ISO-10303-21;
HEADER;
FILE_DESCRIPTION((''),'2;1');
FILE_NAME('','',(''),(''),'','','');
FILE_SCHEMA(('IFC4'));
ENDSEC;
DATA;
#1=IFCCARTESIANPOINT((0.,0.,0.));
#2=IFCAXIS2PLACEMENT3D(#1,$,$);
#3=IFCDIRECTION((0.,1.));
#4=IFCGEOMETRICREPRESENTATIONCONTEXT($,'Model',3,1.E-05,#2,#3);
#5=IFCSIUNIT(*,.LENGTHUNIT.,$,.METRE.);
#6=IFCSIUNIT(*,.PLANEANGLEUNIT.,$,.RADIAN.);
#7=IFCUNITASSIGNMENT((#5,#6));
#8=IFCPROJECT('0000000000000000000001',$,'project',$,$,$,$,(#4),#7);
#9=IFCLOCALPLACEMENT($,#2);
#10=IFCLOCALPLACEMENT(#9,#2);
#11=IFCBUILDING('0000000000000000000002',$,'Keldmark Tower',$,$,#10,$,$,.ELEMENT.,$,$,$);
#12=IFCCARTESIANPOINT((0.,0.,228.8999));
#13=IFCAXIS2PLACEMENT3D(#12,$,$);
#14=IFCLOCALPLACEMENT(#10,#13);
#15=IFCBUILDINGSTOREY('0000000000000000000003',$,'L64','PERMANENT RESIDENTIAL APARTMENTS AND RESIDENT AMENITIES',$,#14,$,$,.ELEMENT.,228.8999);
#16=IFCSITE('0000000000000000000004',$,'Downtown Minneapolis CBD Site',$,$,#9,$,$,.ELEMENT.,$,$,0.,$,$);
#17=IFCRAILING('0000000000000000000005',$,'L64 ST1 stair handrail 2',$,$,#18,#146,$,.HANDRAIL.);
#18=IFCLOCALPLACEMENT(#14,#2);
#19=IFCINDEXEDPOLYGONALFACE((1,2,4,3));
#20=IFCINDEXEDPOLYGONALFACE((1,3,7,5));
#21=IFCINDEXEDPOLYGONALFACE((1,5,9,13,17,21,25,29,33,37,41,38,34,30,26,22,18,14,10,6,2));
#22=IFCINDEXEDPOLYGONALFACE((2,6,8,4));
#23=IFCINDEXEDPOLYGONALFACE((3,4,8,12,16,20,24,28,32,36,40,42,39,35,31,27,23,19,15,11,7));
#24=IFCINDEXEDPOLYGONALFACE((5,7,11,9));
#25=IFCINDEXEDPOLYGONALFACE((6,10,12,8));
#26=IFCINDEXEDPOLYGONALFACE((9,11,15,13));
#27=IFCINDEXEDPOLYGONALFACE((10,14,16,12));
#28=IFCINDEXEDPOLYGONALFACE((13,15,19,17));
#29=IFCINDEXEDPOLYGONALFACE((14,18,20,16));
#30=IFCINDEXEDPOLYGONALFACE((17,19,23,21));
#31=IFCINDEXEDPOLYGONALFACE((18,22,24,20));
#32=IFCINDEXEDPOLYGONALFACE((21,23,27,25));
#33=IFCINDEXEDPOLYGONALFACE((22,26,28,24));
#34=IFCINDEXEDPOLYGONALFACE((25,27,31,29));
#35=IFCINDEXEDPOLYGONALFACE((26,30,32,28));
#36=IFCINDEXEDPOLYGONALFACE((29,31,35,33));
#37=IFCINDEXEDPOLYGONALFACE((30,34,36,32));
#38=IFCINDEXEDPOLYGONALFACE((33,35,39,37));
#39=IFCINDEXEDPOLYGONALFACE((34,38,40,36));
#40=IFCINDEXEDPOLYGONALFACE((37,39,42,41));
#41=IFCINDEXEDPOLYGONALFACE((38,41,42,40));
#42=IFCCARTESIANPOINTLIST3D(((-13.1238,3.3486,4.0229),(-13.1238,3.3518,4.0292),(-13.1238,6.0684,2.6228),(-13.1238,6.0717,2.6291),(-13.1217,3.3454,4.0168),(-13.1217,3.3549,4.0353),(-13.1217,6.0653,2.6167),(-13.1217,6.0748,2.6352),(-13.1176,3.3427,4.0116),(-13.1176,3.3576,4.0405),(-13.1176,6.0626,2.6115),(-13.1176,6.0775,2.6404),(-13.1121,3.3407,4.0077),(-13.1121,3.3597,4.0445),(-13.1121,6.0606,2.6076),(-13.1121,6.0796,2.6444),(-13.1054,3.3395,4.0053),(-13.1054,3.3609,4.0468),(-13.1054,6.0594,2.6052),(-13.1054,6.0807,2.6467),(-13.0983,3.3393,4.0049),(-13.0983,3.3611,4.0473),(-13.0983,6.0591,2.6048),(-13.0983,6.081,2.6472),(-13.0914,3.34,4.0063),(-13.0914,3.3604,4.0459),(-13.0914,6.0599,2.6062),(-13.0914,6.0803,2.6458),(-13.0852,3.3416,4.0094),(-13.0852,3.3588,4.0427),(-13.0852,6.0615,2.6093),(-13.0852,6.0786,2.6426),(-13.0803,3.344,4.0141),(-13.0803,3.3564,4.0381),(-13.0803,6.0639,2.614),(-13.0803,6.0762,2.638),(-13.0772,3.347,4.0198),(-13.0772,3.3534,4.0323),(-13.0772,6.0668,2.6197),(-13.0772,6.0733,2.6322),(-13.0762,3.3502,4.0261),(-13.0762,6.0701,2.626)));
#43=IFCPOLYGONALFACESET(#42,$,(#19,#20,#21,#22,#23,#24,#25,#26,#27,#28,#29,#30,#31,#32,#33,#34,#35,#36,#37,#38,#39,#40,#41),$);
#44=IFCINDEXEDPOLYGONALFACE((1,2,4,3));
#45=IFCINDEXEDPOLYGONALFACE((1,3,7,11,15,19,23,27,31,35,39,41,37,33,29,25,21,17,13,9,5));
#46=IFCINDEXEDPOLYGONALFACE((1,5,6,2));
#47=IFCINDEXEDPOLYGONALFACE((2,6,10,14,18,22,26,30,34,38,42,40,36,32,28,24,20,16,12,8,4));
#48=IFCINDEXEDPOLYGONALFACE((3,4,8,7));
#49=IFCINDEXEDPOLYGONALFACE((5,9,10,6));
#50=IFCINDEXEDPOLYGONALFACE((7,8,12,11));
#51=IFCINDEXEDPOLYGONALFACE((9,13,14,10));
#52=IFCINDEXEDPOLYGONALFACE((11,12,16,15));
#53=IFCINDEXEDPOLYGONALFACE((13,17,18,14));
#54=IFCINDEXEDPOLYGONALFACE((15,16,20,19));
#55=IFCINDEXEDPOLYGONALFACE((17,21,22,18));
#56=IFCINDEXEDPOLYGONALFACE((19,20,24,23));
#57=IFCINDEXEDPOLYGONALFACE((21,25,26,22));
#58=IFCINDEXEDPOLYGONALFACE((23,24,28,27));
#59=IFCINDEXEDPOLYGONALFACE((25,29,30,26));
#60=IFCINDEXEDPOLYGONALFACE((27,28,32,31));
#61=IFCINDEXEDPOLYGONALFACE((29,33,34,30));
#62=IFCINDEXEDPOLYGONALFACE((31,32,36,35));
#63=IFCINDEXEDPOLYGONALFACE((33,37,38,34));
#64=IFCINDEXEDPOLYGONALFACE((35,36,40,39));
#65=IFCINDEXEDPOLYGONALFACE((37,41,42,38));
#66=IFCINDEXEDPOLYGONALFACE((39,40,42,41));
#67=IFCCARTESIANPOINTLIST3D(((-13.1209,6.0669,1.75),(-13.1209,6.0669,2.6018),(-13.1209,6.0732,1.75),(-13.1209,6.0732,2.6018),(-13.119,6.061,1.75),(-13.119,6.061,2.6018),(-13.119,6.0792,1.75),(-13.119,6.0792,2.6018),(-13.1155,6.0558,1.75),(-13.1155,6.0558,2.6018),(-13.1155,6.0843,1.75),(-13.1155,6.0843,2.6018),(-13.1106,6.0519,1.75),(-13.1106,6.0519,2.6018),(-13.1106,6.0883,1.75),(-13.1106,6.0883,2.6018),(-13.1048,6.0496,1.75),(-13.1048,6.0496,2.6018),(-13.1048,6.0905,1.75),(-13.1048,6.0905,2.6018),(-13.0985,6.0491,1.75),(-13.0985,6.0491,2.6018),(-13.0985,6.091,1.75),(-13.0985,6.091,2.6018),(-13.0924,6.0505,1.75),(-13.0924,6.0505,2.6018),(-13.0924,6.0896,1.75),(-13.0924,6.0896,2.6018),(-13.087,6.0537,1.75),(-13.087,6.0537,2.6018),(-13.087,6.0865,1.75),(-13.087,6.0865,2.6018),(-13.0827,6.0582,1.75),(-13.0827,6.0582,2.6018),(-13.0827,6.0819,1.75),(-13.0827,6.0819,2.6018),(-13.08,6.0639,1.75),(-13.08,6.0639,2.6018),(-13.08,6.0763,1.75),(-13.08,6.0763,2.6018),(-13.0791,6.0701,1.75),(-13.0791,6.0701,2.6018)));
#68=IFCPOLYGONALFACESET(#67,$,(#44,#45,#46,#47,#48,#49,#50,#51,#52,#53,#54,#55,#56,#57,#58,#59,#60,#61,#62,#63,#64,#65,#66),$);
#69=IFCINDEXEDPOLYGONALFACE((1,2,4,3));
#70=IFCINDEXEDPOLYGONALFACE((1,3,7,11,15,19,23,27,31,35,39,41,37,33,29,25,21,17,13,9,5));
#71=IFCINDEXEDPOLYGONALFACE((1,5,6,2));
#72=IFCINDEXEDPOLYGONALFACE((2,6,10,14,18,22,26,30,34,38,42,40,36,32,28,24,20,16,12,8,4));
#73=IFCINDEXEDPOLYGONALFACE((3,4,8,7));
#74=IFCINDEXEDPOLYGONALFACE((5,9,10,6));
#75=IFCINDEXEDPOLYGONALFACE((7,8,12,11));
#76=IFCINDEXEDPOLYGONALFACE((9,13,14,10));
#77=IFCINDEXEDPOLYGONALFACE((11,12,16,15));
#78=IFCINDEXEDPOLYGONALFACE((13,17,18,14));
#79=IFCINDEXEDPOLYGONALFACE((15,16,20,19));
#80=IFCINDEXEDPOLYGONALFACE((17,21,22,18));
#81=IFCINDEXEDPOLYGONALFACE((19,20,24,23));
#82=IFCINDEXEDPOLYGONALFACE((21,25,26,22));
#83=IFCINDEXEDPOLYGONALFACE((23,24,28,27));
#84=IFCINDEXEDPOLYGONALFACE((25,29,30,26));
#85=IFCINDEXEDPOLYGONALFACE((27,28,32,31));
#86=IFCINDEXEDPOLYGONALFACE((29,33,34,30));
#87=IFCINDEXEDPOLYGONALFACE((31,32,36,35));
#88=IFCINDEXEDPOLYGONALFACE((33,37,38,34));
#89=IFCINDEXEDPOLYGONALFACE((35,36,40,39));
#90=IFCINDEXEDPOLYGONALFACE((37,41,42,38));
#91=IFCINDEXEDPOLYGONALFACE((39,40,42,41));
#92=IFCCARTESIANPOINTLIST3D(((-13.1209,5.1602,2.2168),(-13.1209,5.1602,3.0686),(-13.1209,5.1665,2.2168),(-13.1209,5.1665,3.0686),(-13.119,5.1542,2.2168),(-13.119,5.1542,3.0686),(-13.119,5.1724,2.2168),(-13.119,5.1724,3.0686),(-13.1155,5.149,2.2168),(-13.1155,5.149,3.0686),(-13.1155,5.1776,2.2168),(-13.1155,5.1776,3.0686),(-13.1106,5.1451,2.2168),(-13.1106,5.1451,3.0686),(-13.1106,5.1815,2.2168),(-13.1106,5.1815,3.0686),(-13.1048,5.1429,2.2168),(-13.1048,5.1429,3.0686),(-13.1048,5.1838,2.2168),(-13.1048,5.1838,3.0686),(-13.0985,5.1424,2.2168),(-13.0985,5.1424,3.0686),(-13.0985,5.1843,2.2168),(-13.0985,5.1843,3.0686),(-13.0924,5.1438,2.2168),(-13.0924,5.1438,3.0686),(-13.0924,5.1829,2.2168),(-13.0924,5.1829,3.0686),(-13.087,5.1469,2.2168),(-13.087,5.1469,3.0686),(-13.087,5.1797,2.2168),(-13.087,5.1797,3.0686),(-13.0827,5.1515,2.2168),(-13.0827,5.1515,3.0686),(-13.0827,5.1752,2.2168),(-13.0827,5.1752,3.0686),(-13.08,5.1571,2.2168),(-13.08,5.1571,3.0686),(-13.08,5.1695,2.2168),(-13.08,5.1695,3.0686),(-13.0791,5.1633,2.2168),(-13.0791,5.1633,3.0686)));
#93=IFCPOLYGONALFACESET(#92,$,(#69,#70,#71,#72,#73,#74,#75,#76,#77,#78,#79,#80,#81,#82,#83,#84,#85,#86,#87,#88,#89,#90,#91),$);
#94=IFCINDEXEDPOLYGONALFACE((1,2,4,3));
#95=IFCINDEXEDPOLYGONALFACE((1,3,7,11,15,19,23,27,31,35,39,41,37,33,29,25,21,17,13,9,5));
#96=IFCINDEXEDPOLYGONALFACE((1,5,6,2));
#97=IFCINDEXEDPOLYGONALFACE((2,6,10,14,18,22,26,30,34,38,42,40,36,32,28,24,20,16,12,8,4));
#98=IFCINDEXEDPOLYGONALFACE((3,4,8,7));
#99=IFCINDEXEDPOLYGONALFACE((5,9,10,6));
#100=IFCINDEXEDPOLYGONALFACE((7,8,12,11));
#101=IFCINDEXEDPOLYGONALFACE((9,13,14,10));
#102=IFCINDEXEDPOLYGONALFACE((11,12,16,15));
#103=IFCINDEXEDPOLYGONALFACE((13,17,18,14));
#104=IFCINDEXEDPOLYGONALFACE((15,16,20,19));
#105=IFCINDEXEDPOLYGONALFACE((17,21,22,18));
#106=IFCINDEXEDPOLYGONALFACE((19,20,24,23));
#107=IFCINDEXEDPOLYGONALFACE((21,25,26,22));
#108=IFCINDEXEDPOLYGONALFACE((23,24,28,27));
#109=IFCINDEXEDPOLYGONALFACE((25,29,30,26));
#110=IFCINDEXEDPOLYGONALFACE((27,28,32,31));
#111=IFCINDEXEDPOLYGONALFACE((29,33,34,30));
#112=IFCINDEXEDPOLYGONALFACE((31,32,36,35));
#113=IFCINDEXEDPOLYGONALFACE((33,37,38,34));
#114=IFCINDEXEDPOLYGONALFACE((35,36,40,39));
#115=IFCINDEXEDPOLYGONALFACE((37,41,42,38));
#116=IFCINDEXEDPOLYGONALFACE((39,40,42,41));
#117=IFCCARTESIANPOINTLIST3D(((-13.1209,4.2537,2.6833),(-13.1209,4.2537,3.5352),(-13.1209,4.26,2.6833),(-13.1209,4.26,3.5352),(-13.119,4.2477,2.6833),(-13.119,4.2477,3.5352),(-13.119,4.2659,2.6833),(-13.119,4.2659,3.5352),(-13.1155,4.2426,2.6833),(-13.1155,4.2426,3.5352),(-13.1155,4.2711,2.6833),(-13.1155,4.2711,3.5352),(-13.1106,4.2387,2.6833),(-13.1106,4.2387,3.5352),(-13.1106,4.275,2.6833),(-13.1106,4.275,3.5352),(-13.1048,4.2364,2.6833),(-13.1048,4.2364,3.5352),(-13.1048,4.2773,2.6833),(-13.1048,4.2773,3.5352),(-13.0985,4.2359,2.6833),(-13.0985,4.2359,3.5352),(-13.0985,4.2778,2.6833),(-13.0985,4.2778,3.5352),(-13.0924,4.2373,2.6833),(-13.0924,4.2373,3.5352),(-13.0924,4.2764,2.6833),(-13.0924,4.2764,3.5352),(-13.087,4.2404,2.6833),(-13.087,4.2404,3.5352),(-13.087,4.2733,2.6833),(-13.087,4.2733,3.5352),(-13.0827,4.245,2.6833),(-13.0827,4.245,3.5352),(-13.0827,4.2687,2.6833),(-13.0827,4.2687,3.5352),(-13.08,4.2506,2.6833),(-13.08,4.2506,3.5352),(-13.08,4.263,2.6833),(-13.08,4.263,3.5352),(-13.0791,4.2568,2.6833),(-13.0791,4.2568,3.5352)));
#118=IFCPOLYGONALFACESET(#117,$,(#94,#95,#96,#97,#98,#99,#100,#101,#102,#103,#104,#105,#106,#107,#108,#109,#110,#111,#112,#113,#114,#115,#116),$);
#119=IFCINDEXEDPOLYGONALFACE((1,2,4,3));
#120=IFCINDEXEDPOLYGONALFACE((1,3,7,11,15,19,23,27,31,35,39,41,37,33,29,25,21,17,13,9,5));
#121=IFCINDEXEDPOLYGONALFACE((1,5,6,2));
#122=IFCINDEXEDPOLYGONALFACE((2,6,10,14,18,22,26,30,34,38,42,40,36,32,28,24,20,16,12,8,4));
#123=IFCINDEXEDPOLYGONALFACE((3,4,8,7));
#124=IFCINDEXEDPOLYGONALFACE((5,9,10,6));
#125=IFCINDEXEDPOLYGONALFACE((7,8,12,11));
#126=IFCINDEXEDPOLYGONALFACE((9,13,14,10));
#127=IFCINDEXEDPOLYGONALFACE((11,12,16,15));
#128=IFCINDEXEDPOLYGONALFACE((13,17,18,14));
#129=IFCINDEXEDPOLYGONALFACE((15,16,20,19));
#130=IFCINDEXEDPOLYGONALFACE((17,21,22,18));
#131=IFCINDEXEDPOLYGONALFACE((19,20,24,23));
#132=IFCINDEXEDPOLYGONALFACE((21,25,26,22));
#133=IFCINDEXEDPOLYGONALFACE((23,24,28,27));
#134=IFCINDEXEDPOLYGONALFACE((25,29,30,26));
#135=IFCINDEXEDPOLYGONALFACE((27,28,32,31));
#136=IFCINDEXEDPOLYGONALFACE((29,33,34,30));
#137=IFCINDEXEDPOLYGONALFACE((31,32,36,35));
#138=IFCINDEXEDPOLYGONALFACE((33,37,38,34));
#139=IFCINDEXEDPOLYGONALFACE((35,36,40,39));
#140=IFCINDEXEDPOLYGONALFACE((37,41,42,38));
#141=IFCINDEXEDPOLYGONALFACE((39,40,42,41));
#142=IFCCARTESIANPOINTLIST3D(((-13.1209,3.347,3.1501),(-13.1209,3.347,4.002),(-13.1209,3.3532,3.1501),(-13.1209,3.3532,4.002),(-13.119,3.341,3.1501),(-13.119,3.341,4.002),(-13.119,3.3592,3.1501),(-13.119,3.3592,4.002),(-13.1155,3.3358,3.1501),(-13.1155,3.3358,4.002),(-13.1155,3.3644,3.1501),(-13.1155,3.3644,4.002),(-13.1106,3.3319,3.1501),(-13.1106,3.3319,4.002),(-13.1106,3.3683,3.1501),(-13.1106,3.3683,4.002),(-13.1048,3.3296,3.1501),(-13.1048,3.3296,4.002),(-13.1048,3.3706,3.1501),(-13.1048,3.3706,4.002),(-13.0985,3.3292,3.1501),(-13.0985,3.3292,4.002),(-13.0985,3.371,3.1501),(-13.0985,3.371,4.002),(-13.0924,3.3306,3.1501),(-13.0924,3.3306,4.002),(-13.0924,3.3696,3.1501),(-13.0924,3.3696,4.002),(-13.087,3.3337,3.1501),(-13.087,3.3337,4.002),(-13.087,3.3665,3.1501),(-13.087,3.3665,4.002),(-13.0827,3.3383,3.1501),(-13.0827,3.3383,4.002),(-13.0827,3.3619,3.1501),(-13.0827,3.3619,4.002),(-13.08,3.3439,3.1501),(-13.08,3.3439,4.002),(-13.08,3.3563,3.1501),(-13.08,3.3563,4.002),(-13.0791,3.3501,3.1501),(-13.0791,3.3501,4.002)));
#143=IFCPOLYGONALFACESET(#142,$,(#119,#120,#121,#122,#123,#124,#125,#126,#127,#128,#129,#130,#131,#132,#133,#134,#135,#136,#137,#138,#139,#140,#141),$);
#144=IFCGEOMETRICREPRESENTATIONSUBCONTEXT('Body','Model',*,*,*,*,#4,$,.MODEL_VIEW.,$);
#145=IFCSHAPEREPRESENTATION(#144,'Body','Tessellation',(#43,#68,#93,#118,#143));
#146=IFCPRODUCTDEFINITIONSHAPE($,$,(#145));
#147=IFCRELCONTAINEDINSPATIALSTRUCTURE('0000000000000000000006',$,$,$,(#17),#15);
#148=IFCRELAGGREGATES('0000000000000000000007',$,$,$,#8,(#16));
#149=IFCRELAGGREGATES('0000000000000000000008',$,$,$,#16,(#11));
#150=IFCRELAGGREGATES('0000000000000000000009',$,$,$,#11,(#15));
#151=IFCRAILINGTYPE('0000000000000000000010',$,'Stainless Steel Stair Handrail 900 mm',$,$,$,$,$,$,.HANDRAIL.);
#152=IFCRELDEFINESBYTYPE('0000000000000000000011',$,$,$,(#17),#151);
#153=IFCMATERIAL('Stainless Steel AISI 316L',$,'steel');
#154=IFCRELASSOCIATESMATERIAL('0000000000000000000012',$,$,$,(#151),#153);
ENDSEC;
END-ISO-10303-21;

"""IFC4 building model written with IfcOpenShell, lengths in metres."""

from ifc_helpers import new_model, si_unit, direction, frame, origin, origin_2d, place, context, subcontext, project, spatial, circle, extrude, material, type_object, element, save


model = new_model("IFC4")

# Units and contexts
model_context = context("Model", 3, precision=1e-05, world=origin(), true_north=direction((0.0, 1.0)))
body_context = subcontext(model_context, "Body", "Model", "MODEL_VIEW")
ifc_project = project(units=[si_unit("LENGTHUNIT", "METRE"), si_unit("PLANEANGLEUNIT", "RADIAN")], contexts=[model_context])

# Site, building, storey
site_placement = place(None, origin())
site = spatial("IfcSite", under=ifc_project, at=site_placement, Name="Downtown Minneapolis CBD Site", CompositionType="ELEMENT", RefElevation=0.0)
building_placement = place(site_placement, origin())
building = spatial("IfcBuilding", under=site, at=building_placement, Name="Keldmark Tower", CompositionType="ELEMENT")
storey_placement = place(building_placement, frame((0.0, 0.0, 228.8999)))
storey = spatial("IfcBuildingStorey", under=building, at=storey_placement, Name="L64", Description="PERMANENT RESIDENTIAL APARTMENTS AND RESIDENT AMENITIES", CompositionType="ELEMENT", Elevation=228.8999)

# Railing
ifc_material_1 = material(Name="Stainless Steel AISI 316L", Category="steel")
railing_type_1 = type_object("IfcRailingType", Name="Stainless Steel Stair Handrail 900 mm", PredefinedType="HANDRAIL", material=ifc_material_1)
railing_1_placement = place(storey_placement, frame((-13.1001, 6.0701, 1.75)))
element("IfcRailing", 1, at=railing_1_placement, inside=storey, type_object=railing_type_1, Name="L64 ST1 stair handrail 2", PredefinedType="HANDRAIL", context=body_context, shape_type="SweptSolid", body=[
    extrude(circle(Radius=0.0239, at=origin_2d()), frame((0.0, 0.0, 0.876), z_axis=(0.0, -0.889114, 0.457685), x_axis=(1.0, 0.0, 0.0)), (0.0, 0.0, 1.0), 3.0591),
    extrude(circle(Radius=0.021, at=origin_2d()), origin(), (0.0, 0.0, 1.0), 0.8518),
    extrude(circle(Radius=0.021, at=origin_2d()), frame((0.0, -0.9067, 0.4668)), (0.0, 0.0, 1.0), 0.8518),
    extrude(circle(Radius=0.021, at=origin_2d()), frame((0.0, -1.8132, 0.9333)), (0.0, 0.0, 1.0), 0.8518),
    extrude(circle(Radius=0.021, at=origin_2d()), frame((0.0, -2.72, 1.4001)), (0.0, 0.0, 1.0), 0.8518),
])

save(model, "model.ifc")
